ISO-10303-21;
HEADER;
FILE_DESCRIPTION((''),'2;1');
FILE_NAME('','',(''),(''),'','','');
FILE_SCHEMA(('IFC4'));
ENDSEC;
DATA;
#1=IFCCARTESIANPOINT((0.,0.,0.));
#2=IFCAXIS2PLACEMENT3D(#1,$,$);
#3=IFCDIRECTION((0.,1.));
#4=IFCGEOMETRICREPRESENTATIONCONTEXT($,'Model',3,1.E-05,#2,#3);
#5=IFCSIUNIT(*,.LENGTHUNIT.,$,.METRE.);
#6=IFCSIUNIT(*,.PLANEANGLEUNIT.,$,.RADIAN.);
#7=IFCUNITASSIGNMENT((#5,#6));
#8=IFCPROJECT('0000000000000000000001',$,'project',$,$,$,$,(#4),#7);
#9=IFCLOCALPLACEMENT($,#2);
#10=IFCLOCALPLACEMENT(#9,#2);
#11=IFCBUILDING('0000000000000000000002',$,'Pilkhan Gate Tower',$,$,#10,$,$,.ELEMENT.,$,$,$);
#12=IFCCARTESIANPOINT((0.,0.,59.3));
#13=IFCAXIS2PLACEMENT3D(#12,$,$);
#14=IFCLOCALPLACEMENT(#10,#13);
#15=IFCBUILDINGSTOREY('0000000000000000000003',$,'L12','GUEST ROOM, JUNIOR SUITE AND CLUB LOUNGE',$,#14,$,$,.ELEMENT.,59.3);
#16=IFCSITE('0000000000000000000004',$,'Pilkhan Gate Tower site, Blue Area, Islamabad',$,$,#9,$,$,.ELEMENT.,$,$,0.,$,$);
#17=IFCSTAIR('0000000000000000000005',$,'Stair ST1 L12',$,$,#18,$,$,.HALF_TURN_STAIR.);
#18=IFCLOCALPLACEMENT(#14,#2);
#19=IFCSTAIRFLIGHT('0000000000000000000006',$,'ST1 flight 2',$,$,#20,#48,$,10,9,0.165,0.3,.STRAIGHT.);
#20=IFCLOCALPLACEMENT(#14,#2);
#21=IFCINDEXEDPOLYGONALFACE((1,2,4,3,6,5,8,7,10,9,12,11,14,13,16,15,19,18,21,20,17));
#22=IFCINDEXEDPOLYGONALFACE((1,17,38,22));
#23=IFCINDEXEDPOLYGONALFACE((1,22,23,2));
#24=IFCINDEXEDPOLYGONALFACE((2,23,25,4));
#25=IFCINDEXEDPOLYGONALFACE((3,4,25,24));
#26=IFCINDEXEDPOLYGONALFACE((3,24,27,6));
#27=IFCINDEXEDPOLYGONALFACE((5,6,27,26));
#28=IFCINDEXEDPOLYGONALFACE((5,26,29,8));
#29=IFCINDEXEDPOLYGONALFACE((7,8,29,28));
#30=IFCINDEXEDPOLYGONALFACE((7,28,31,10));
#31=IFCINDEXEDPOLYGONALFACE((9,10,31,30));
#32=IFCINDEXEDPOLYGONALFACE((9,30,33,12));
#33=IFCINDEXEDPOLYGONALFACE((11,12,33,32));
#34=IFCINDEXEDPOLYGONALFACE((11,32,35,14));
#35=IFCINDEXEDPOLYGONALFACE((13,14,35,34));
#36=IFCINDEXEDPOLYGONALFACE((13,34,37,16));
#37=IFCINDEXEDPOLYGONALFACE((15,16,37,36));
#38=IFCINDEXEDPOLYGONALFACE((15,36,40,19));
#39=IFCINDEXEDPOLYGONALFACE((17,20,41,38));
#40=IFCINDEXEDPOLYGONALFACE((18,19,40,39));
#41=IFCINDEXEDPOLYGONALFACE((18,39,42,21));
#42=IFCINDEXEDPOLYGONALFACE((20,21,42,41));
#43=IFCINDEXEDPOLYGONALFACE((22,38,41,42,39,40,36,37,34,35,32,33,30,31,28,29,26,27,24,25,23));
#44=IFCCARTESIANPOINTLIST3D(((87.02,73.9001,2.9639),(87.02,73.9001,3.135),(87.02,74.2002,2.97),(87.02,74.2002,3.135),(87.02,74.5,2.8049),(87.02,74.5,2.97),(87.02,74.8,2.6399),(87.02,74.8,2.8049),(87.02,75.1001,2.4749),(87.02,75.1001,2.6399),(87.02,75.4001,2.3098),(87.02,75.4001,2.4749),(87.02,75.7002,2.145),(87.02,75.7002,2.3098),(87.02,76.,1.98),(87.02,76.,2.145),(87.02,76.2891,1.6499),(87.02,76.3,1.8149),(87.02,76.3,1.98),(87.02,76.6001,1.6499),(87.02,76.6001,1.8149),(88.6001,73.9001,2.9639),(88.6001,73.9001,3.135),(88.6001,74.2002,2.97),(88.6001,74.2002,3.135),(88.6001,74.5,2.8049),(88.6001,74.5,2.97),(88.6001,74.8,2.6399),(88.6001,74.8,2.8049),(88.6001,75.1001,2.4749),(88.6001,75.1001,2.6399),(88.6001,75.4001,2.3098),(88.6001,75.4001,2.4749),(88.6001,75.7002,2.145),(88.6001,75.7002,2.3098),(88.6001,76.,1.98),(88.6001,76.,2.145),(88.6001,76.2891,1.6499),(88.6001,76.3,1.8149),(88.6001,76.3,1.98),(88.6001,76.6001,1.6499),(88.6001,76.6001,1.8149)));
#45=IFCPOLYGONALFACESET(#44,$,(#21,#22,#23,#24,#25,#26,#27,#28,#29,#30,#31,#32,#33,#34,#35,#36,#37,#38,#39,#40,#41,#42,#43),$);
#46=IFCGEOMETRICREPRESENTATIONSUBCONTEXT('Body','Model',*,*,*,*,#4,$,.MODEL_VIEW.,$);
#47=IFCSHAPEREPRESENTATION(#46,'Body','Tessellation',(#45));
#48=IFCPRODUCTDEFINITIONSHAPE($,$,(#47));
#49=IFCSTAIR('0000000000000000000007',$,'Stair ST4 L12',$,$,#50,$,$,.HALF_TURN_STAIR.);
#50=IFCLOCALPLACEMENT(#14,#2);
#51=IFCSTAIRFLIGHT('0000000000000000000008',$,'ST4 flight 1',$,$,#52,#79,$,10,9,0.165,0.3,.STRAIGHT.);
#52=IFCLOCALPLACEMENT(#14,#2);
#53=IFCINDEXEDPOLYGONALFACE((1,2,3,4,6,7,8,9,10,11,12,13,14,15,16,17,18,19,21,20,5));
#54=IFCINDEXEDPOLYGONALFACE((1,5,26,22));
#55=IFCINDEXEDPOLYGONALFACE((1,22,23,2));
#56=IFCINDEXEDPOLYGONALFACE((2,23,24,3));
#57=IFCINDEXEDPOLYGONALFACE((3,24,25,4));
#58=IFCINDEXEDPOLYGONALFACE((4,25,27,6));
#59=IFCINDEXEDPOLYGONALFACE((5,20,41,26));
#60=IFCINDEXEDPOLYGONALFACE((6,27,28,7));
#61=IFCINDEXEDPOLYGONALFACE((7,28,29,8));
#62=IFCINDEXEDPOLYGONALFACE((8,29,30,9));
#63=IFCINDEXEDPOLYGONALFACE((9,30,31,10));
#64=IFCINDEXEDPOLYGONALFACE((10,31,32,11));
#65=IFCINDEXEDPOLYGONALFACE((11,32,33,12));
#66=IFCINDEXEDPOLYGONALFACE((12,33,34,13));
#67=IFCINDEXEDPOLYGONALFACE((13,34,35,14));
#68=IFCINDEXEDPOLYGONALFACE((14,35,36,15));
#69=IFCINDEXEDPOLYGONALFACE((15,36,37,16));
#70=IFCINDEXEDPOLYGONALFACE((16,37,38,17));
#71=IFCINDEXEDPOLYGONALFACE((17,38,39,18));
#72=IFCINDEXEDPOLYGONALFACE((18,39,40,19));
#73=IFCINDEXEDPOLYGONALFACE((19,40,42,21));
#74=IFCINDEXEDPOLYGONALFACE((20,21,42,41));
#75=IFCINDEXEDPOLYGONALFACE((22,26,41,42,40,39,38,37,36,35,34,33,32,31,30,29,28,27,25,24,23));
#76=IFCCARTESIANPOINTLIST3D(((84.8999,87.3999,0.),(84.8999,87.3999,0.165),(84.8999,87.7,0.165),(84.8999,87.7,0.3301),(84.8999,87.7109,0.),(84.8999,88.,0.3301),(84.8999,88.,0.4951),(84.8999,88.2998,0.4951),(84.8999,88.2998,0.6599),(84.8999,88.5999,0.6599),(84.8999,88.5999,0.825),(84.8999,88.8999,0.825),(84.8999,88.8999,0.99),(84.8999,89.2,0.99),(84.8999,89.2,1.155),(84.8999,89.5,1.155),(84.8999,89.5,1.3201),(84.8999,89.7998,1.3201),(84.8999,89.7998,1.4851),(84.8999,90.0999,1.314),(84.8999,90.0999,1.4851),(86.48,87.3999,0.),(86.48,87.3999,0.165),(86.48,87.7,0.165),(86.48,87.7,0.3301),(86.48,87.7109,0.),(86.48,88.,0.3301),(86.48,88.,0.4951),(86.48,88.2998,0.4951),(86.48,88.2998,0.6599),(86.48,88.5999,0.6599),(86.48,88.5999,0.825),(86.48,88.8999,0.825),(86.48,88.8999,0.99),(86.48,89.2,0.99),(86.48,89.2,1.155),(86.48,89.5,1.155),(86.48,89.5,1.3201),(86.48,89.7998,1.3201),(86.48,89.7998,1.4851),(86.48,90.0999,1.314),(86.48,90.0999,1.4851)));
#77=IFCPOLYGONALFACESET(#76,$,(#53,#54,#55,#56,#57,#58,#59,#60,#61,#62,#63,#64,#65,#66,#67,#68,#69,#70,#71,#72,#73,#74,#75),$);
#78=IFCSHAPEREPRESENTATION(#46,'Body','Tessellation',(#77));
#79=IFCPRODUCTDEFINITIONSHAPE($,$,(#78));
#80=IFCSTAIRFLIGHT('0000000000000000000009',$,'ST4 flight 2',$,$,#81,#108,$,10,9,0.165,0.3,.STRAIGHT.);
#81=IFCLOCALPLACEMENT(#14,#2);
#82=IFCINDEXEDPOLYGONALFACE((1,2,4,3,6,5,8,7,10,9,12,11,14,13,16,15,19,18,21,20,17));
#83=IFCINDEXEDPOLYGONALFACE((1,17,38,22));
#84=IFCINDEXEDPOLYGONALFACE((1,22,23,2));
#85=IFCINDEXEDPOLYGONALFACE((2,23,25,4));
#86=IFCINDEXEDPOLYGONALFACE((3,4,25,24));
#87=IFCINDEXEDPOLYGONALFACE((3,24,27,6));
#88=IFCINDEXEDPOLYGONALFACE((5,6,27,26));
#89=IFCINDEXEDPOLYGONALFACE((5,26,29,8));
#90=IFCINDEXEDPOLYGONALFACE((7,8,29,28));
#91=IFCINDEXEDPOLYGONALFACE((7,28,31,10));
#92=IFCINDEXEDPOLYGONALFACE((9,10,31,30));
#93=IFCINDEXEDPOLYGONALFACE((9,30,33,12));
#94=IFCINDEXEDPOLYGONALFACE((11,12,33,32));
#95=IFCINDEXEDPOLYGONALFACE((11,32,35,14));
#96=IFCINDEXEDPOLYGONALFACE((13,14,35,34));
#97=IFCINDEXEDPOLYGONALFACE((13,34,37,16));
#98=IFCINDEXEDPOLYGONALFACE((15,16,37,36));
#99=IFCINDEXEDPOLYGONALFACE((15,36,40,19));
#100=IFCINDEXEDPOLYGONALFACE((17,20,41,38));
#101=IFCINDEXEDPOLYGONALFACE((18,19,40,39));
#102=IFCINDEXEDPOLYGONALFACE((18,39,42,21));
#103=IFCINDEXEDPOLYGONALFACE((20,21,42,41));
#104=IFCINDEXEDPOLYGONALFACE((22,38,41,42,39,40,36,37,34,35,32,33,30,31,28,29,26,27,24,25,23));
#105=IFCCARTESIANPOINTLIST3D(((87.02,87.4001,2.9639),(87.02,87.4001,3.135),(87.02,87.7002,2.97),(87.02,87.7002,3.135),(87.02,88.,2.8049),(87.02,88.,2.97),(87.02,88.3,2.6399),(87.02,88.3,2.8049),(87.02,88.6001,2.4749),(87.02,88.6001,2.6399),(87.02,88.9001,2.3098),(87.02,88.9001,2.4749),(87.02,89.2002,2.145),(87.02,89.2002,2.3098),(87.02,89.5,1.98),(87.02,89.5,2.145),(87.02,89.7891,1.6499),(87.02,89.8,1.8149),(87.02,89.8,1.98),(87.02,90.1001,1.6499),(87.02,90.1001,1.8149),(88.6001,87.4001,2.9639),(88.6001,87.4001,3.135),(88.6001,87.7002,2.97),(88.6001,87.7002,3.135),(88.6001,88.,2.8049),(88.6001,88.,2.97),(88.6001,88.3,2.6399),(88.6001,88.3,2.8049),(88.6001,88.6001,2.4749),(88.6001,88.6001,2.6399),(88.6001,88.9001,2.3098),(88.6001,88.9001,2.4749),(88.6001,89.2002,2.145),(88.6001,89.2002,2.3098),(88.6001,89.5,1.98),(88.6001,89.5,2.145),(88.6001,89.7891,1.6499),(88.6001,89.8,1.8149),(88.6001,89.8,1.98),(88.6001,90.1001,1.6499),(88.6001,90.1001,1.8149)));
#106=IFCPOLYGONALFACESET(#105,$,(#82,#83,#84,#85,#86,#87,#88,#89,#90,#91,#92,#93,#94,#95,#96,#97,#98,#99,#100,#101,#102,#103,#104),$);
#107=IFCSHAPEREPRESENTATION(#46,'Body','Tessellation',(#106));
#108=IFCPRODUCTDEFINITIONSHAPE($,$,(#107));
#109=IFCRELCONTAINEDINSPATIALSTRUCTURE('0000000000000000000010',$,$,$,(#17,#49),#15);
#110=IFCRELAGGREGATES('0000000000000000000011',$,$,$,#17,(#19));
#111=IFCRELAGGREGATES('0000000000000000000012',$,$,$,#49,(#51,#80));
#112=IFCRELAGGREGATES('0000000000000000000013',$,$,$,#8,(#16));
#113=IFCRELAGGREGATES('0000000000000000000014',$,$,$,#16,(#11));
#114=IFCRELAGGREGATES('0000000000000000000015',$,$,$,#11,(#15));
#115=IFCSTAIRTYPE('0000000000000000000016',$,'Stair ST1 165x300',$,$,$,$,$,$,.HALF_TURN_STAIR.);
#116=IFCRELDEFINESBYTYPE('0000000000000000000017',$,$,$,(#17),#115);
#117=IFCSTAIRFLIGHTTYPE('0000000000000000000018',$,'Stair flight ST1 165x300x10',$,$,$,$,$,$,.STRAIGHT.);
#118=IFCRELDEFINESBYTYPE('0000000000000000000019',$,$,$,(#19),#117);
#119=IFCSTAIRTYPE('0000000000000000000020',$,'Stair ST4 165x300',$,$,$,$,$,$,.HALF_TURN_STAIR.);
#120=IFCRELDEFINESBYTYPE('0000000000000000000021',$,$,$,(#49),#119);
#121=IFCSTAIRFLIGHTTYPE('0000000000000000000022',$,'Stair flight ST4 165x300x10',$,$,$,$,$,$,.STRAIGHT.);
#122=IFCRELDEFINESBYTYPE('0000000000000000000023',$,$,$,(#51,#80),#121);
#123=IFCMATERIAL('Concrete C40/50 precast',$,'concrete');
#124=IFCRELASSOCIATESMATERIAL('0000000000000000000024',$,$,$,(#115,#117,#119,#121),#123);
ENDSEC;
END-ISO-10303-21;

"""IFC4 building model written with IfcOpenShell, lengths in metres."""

from ifc_helpers import new_model, si_unit, direction, frame, origin, place, context, subcontext, project, spatial, polyline, outline, extrude, material, type_object, element, aggregate, save


model = new_model("IFC4")

# Units and contexts
model_context = context("Model", 3, precision=1e-05, world=origin(), true_north=direction((0.0, 1.0)))
body_context = subcontext(model_context, "Body", "Model", "MODEL_VIEW")
ifc_project = project(units=[si_unit("LENGTHUNIT", "METRE"), si_unit("PLANEANGLEUNIT", "RADIAN")], contexts=[model_context])

# Site, building, storey
site_placement = place(None, origin())
site = spatial("IfcSite", under=ifc_project, at=site_placement, Name="Pilkhan Gate Tower site, Blue Area, Islamabad", CompositionType="ELEMENT", RefElevation=0.0)
building_placement = place(site_placement, origin())
building = spatial("IfcBuilding", under=site, at=building_placement, Name="Pilkhan Gate Tower", CompositionType="ELEMENT")
storey_placement = place(building_placement, frame((0.0, 0.0, 59.3)))
storey = spatial("IfcBuildingStorey", under=building, at=storey_placement, Name="L12", Description="GUEST ROOM, JUNIOR SUITE AND CLUB LOUNGE", CompositionType="ELEMENT", Elevation=59.3)

# Stairs, stair flights
ifc_material_1 = material(Name="Concrete C40/50 precast", Category="concrete")
stair_type_1 = type_object("IfcStairType", Name="Stair ST1 165x300", PredefinedType="HALF_TURN_STAIR", material=ifc_material_1)
stair_1_placement = place(storey_placement, origin())
stair_1 = element("IfcStair", 1, at=stair_1_placement, inside=storey, type_object=stair_type_1, Name="Stair ST1 L12", PredefinedType="HALF_TURN_STAIR")
stair_flight_type_1 = type_object("IfcStairFlightType", Name="Stair flight ST1 165x300x10", PredefinedType="STRAIGHT", material=ifc_material_1)
stair_flight_1_placement = place(storey_placement, frame((87.8101, 76.6001, 1.6499), z_axis=(0.0, 0.0, 1.0), x_axis=(0.0, -1.0, 0.0)))
stair_flight_1 = element("IfcStairFlight", 2, at=stair_flight_1_placement, type_object=stair_flight_type_1, Name="ST1 flight 2", NumberOfRisers=10, NumberOfTreads=9, PredefinedType="STRAIGHT", RiserHeight=0.165, TreadLength=0.3, context=body_context, shape_type="SweptSolid", body=[
    extrude(outline(polyline([(0.0, 0.0), (0.0, 0.165), (0.3, 0.165), (0.3, 0.3301), (0.6001, 0.3301), (0.6001, 0.4951), (0.8999, 0.4951), (0.8999, 0.6599), (1.2, 0.6599), (1.2, 0.825), (1.5, 0.825), (1.5, 0.99), (1.8, 0.99), (1.8, 1.155), (2.1001, 1.155), (2.1001, 1.3201), (2.3999, 1.3201), (2.3999, 1.4851), (2.7, 1.4851), (2.7, 1.6499), (2.7, 1.314), (0.311, 0.0), (0.0, 0.0)])), frame((0.0, 0.79, 0.0), z_axis=(0.0, -1.0, 0.0), x_axis=(1.0, 0.0, 0.0)), (0.0, 0.0, 1.0), 1.5801),
])
aggregate(stair_1, [stair_flight_1])
stair_type_2 = type_object("IfcStairType", Name="Stair ST4 165x300", PredefinedType="HALF_TURN_STAIR", material=ifc_material_1)
stair_2_placement = place(storey_placement, origin())
stair_2 = element("IfcStair", 3, at=stair_2_placement, inside=storey, type_object=stair_type_2, Name="Stair ST4 L12", PredefinedType="HALF_TURN_STAIR")
stair_flight_type_2 = type_object("IfcStairFlightType", Name="Stair flight ST4 165x300x10", PredefinedType="STRAIGHT", material=ifc_material_1)
stair_flight_2_placement = place(storey_placement, frame((85.6899, 87.3999, 0.0), z_axis=(0.0, 0.0, 1.0), x_axis=(0.0, 1.0, 0.0)))
stair_flight_2 = element("IfcStairFlight", 4, at=stair_flight_2_placement, type_object=stair_flight_type_2, Name="ST4 flight 1", NumberOfRisers=10, NumberOfTreads=9, PredefinedType="STRAIGHT", RiserHeight=0.165, TreadLength=0.3, context=body_context, shape_type="SweptSolid", body=[
    extrude(outline(polyline([(0.0, 0.0), (0.0, 0.165), (0.3, 0.165), (0.3, 0.3301), (0.6001, 0.3301), (0.6001, 0.4951), (0.8999, 0.4951), (0.8999, 0.6599), (1.2, 0.6599), (1.2, 0.825), (1.5, 0.825), (1.5, 0.99), (1.8, 0.99), (1.8, 1.155), (2.1001, 1.155), (2.1001, 1.3201), (2.3999, 1.3201), (2.3999, 1.4851), (2.7, 1.4851), (2.7, 1.6499), (2.7, 1.314), (0.311, 0.0), (0.0, 0.0)])), frame((0.0, 0.79, 0.0), z_axis=(0.0, -1.0, 0.0), x_axis=(1.0, 0.0, 0.0)), (0.0, 0.0, 1.0), 1.5801),
])
stair_flight_3_placement = place(storey_placement, frame((87.8101, 90.1001, 1.6499), z_axis=(0.0, 0.0, 1.0), x_axis=(0.0, -1.0, 0.0)))
stair_flight_3 = element("IfcStairFlight", 5, at=stair_flight_3_placement, type_object=stair_flight_type_2, Name="ST4 flight 2", NumberOfRisers=10, NumberOfTreads=9, PredefinedType="STRAIGHT", RiserHeight=0.165, TreadLength=0.3, context=body_context, shape_type="SweptSolid", body=[
    extrude(outline(polyline([(0.0, 0.0), (0.0, 0.165), (0.3, 0.165), (0.3, 0.3301), (0.6001, 0.3301), (0.6001, 0.4951), (0.8999, 0.4951), (0.8999, 0.6599), (1.2, 0.6599), (1.2, 0.825), (1.5, 0.825), (1.5, 0.99), (1.8, 0.99), (1.8, 1.155), (2.1001, 1.155), (2.1001, 1.3201), (2.3999, 1.3201), (2.3999, 1.4851), (2.7, 1.4851), (2.7, 1.6499), (2.7, 1.314), (0.311, 0.0), (0.0, 0.0)])), frame((0.0, 0.79, 0.0), z_axis=(0.0, -1.0, 0.0), x_axis=(1.0, 0.0, 0.0)), (0.0, 0.0, 1.0), 1.5801),
])
aggregate(stair_2, [stair_flight_2, stair_flight_3])

save(model, "model.ifc")
